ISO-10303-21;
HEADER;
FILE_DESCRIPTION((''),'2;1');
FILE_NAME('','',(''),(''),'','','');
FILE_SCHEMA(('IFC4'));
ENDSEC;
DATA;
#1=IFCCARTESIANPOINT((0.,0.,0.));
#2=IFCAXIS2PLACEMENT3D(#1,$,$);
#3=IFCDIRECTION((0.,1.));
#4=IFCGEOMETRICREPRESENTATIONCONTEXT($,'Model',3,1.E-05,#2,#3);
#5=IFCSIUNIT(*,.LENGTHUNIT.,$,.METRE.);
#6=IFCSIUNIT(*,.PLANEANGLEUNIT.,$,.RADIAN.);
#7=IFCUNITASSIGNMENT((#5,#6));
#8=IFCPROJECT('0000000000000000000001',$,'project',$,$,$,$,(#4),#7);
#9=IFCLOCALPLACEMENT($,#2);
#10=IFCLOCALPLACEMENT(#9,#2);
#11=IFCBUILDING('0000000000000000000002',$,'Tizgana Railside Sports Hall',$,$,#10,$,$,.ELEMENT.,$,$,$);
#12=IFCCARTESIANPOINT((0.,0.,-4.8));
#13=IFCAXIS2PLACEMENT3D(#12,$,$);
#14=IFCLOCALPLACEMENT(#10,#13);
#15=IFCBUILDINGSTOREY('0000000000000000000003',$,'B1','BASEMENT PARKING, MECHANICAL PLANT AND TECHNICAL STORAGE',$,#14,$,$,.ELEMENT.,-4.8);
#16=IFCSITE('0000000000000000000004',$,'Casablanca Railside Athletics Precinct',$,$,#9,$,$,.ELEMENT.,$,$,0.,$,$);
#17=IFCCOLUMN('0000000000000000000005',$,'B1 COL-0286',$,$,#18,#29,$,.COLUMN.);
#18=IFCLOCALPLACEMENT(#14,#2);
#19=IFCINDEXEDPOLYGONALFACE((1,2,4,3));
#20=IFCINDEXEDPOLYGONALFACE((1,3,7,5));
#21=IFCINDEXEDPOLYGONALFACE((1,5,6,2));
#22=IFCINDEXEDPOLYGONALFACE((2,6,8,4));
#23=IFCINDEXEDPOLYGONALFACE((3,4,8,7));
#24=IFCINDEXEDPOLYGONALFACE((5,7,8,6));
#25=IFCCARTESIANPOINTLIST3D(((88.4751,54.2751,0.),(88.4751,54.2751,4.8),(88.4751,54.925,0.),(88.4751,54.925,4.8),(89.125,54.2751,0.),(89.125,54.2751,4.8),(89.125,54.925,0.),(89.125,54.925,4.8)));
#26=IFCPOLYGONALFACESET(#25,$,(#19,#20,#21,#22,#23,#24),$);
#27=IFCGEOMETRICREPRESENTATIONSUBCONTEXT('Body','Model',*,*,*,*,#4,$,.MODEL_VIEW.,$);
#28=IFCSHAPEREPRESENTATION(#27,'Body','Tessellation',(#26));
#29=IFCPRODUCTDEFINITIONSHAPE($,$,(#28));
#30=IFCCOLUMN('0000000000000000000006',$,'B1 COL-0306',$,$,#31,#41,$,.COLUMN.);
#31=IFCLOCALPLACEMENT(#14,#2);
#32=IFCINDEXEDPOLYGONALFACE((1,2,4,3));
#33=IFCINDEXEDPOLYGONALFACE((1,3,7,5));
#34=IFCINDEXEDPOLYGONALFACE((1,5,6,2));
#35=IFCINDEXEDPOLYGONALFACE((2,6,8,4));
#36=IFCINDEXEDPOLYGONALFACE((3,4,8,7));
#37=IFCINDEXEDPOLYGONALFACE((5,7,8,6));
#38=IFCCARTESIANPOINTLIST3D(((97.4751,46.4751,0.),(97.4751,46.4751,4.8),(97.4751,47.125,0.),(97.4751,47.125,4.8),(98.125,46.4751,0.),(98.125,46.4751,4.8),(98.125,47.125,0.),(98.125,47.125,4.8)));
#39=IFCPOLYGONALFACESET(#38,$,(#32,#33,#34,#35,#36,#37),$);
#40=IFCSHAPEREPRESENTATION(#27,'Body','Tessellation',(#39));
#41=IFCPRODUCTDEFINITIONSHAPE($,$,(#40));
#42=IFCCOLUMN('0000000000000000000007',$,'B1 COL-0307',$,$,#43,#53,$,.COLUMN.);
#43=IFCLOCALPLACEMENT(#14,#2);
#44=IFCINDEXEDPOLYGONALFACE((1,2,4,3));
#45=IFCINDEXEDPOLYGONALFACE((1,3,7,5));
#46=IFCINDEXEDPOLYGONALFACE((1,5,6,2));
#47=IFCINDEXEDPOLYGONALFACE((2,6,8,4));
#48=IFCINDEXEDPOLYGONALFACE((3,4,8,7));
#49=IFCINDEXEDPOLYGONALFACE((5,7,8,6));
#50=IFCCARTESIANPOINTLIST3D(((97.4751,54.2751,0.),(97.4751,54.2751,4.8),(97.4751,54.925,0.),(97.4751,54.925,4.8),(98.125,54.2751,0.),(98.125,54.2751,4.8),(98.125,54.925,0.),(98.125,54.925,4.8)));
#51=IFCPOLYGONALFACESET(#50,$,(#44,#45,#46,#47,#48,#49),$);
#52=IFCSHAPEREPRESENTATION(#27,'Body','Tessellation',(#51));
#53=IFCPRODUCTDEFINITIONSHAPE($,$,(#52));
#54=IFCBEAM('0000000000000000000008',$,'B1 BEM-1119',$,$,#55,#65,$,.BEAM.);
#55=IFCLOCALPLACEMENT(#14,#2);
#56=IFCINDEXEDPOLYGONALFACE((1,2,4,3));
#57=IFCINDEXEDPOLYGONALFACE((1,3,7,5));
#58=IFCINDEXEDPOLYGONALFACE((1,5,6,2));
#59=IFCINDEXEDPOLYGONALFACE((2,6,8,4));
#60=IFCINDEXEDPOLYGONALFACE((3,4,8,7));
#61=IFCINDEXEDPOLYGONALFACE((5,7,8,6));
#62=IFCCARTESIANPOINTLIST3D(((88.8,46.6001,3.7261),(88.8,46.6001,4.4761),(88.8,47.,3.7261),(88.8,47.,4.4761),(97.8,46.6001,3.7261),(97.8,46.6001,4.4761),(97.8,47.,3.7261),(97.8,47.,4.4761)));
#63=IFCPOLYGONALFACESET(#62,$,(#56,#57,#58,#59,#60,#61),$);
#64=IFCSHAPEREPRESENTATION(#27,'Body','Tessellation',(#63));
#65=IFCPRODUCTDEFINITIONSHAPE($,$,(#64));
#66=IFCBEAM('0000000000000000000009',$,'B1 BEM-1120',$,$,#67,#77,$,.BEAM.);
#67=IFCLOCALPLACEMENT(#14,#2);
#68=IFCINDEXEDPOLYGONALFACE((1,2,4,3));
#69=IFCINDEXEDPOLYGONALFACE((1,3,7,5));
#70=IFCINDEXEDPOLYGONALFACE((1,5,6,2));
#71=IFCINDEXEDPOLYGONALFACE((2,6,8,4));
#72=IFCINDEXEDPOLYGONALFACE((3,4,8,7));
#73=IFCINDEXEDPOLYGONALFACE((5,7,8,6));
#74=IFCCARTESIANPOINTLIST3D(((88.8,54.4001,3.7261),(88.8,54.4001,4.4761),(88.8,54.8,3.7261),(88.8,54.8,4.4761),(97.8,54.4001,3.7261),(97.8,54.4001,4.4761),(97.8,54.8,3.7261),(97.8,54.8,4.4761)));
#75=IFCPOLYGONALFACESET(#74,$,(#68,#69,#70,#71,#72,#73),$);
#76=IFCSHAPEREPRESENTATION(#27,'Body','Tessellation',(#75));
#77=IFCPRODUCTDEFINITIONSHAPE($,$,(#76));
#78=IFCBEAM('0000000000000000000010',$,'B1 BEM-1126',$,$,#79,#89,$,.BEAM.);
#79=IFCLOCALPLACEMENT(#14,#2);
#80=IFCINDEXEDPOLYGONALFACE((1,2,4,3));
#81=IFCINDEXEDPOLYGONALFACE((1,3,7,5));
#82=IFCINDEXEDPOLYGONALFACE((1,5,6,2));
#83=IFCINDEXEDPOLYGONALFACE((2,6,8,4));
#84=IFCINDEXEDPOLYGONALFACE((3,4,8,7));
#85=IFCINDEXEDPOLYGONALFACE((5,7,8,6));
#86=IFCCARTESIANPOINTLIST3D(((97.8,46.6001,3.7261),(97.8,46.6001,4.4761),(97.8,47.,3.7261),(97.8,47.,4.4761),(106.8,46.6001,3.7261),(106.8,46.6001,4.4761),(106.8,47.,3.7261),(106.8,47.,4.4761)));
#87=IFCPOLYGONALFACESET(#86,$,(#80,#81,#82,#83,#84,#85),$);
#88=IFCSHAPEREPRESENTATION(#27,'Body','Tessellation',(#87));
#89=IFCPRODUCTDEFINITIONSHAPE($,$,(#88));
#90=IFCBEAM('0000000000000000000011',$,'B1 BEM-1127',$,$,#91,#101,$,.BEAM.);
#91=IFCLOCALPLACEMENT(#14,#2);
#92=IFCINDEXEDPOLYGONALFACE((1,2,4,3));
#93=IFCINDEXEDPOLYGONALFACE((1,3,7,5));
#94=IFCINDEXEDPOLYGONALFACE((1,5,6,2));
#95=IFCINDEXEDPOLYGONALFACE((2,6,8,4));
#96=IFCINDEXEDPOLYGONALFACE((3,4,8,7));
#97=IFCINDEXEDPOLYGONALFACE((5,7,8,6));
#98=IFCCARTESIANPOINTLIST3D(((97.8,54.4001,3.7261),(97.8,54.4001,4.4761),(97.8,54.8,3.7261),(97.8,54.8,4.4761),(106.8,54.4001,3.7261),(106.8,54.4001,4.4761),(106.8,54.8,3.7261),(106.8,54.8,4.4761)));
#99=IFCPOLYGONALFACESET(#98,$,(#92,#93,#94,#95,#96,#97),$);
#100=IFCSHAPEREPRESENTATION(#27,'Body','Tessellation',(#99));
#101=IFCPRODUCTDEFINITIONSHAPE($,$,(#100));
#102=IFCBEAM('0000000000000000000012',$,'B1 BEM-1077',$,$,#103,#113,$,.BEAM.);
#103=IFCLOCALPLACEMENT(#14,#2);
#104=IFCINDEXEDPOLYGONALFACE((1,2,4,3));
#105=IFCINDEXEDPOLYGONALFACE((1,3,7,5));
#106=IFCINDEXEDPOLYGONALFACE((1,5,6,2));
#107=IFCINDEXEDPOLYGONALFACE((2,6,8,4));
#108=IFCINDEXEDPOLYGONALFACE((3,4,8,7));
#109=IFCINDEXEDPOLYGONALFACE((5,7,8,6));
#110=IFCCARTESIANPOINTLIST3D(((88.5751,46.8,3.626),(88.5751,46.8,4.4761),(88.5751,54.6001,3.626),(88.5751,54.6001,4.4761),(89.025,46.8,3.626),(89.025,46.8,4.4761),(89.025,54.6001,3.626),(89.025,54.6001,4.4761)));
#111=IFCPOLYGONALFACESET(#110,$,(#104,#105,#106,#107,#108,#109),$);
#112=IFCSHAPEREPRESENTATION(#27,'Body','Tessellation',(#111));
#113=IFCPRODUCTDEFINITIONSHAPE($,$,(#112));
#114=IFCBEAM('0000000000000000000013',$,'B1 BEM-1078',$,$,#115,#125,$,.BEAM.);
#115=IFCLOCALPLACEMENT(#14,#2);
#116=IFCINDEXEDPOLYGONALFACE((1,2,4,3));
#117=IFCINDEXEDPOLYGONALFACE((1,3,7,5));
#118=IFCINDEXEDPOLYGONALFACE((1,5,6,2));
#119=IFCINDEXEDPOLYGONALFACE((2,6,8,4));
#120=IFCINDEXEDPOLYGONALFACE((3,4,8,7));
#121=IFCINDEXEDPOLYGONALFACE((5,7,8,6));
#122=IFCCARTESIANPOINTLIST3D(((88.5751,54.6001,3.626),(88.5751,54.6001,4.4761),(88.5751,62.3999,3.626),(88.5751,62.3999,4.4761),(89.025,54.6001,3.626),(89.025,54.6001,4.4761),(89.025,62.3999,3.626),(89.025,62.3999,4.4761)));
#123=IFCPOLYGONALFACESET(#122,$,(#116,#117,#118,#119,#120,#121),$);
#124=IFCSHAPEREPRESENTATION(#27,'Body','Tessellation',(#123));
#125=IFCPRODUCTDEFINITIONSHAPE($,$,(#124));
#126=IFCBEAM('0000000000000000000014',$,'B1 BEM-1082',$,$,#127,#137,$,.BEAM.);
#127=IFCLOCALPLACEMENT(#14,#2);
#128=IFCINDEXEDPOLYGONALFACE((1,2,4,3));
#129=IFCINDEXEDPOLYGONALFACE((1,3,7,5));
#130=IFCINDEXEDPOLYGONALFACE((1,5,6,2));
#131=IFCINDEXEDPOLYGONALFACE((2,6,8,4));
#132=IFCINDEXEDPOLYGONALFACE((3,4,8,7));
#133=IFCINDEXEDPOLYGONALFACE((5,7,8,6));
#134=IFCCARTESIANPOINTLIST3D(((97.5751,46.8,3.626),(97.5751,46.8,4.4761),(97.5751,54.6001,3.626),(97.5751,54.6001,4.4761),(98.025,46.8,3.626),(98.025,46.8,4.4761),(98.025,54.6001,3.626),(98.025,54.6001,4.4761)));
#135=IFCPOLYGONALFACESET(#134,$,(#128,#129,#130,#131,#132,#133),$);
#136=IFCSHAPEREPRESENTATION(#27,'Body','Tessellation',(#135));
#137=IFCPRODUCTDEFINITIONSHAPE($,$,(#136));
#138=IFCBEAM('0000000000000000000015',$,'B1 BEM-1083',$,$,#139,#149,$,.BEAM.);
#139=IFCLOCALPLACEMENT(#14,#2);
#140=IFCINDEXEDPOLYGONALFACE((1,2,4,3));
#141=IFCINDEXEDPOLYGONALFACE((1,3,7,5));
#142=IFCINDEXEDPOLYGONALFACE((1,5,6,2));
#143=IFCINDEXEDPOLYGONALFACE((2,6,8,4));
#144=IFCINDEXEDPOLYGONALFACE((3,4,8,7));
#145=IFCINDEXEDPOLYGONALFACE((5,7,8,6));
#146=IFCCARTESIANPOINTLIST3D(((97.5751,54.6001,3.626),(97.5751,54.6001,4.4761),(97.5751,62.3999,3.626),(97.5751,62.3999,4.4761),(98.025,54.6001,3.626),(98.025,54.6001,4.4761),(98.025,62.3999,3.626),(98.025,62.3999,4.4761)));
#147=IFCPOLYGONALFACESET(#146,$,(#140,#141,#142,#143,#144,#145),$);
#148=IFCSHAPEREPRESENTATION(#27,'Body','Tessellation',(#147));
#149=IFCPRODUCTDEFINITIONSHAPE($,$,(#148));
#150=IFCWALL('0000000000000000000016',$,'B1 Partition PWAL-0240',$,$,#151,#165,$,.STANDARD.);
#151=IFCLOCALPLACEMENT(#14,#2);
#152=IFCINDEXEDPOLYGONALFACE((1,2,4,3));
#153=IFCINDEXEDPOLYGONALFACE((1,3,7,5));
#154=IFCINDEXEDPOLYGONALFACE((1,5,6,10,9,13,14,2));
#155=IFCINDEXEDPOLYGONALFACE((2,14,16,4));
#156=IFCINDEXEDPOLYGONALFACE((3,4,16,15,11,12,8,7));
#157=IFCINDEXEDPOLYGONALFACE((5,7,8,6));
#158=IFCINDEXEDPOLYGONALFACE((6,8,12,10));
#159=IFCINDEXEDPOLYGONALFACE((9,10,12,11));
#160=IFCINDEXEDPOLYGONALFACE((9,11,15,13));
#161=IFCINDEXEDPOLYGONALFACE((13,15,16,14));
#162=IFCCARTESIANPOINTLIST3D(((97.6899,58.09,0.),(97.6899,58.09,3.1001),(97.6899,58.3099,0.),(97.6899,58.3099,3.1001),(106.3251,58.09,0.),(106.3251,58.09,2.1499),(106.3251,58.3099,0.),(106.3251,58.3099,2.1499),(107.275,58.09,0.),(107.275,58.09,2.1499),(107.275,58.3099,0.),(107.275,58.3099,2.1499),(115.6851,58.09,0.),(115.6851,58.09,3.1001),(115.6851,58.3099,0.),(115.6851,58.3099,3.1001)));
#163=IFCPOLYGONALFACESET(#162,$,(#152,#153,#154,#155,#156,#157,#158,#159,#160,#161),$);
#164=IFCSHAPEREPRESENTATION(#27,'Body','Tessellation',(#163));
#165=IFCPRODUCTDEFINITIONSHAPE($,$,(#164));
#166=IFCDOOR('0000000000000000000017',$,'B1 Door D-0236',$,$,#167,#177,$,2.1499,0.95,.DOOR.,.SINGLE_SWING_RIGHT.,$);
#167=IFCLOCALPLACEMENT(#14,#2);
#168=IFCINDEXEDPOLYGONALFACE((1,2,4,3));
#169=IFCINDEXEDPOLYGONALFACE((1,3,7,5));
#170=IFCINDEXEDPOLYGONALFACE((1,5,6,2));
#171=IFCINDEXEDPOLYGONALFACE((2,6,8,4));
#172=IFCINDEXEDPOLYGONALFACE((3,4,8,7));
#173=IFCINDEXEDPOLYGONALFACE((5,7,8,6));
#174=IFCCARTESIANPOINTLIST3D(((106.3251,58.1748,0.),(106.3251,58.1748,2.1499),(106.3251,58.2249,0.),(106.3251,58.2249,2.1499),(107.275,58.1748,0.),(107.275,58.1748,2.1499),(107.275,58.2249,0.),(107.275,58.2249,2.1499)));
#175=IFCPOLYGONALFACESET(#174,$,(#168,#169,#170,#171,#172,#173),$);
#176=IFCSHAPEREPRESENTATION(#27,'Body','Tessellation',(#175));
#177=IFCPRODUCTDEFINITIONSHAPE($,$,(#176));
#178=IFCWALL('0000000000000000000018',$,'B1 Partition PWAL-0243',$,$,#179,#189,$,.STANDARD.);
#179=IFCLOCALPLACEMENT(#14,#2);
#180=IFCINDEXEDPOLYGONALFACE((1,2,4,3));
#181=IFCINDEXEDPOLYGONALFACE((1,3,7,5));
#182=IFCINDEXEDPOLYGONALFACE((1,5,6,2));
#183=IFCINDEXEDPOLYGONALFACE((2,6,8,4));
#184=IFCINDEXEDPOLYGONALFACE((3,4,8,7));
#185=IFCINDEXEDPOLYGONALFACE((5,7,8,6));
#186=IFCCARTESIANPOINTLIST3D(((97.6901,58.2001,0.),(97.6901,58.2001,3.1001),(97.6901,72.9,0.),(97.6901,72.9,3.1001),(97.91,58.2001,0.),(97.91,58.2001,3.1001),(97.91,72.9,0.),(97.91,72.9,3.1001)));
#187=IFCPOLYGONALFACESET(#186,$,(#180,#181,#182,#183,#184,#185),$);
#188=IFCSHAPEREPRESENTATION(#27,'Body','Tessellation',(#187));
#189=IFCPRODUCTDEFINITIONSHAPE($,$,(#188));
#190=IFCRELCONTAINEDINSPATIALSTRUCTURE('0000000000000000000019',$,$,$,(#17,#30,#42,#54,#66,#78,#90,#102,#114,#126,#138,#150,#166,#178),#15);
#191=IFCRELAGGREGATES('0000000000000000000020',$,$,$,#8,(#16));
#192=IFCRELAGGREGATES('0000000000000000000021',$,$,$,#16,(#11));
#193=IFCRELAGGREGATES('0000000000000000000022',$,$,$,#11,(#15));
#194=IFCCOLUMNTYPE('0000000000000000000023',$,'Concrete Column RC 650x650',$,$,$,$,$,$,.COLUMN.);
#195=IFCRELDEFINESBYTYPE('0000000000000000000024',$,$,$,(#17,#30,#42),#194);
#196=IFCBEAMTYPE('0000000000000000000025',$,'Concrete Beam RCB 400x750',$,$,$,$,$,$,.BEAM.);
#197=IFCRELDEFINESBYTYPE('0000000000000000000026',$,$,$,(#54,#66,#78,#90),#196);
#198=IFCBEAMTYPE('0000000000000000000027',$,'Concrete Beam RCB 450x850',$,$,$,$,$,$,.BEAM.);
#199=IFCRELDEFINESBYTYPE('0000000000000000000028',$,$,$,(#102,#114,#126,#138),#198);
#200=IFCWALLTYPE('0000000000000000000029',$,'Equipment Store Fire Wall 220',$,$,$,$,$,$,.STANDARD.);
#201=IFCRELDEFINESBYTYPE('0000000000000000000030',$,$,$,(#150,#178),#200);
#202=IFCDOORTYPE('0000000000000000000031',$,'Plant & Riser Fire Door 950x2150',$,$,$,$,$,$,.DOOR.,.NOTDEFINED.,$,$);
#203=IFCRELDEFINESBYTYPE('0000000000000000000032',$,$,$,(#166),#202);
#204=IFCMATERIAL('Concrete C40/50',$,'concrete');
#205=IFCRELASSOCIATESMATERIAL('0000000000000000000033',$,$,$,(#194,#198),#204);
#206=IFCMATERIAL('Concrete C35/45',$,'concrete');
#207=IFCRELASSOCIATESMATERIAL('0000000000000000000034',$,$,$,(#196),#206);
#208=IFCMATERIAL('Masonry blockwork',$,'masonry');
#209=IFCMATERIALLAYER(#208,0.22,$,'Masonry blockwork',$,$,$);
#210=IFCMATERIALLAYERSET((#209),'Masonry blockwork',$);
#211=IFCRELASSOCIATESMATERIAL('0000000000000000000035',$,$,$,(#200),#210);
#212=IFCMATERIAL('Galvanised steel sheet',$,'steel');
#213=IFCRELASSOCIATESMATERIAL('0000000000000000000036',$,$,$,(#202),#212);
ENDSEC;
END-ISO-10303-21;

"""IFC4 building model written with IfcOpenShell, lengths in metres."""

from ifc_helpers import new_model, si_unit, direction, frame, frame_2d, origin, origin_2d, place, context, subcontext, project, spatial, rectangle, extrude, material, layer, layer_set, material_profile, profile_set, type_object, element, fill, save


model = new_model("IFC4")

# Units and contexts
model_context = context("Model", 3, precision=1e-05, world=origin(), true_north=direction((0.0, 1.0)))
body_context = subcontext(model_context, "Body", "Model", "MODEL_VIEW")
ifc_project = project(units=[si_unit("LENGTHUNIT", "METRE"), si_unit("PLANEANGLEUNIT", "RADIAN")], contexts=[model_context])

# Site, building, storey
site_placement = place(None, origin())
site = spatial("IfcSite", under=ifc_project, at=site_placement, Name="Casablanca Railside Athletics Precinct", CompositionType="ELEMENT", RefElevation=0.0)
building_placement = place(site_placement, origin())
building = spatial("IfcBuilding", under=site, at=building_placement, Name="Tizgana Railside Sports Hall", CompositionType="ELEMENT")
storey_placement = place(building_placement, frame((0.0, 0.0, -4.8)))
storey = spatial("IfcBuildingStorey", under=building, at=storey_placement, Name="B1", Description="BASEMENT PARKING, MECHANICAL PLANT AND TECHNICAL STORAGE", CompositionType="ELEMENT", Elevation=-4.8)

# Shared definitions
ifc_material_1 = material(Name="Concrete C35/45", Category="concrete")

# Columns
ifc_material_2 = material(Name="Concrete C40/50", Category="concrete")
ifc_material_profile_1 = material_profile(ifc_material_2, rectangle(XDim=0.6499, YDim=0.6499, at=origin_2d()), Name="RC 650x650")
ifc_profile_set_1 = profile_set([ifc_material_profile_1], Name="Concrete C40/50")
column_type = type_object("IfcColumnType", Name="Concrete Column RC 650x650", PredefinedType="COLUMN", material=ifc_profile_set_1)
for number, where, z_axis, x_axis, name in (
    (1, (88.8, 54.6001, 0.0), (0.0, 0.0, 1.0), (1.0, 0.0, 0.0), "B1 COL-0286"),
    (2, (97.8, 46.8, 0.0), (0.0, 0.0, 1.0), (1.0, 0.0, 0.0), "B1 COL-0306"),
    (3, (97.8, 54.6001, 0.0), (0.0, 0.0, 1.0), (1.0, 0.0, 0.0), "B1 COL-0307"),
):
    element("IfcColumn", number, at=place(storey_placement, frame(where, z_axis=z_axis, x_axis=x_axis)), inside=storey, type_object=column_type, Name=name, PredefinedType="COLUMN", context=body_context, shape_type="SweptSolid", body=[
        extrude(rectangle(XDim=0.6499, YDim=0.6499, at=origin_2d()), origin(), (0.0, 0.0, 1.0), 4.8),
    ])

# Beams
ifc_material_profile_2 = material_profile(ifc_material_1, rectangle(XDim=0.3999, YDim=0.75, at=origin_2d()), Name="RCB 400x750")
ifc_profile_set_2 = profile_set([ifc_material_profile_2], Name="Concrete C35/45")
beam_type_1 = type_object("IfcBeamType", Name="Concrete Beam RCB 400x750", PredefinedType="BEAM", material=ifc_profile_set_2)
for number, where, z_axis, x_axis, name in (
    (4, (88.8, 46.8, 4.1011), (1.0, 0.0, 0.0), (0.0, 1.0, 0.0), "B1 BEM-1119"),
    (5, (88.8, 54.6001, 4.1011), (1.0, 0.0, 0.0), (0.0, 1.0, 0.0), "B1 BEM-1120"),
    (6, (97.8, 46.8, 4.1011), (1.0, 0.0, 0.0), (0.0, 1.0, 0.0), "B1 BEM-1126"),
    (7, (97.8, 54.6001, 4.1011), (1.0, 0.0, 0.0), (0.0, 1.0, 0.0), "B1 BEM-1127"),
):
    element("IfcBeam", number, at=place(storey_placement, frame(where, z_axis=z_axis, x_axis=x_axis)), inside=storey, type_object=beam_type_1, Name=name, PredefinedType="BEAM", context=body_context, shape_type="SweptSolid", body=[
        extrude(rectangle(XDim=0.3999, YDim=0.75, at=origin_2d()), origin(), (0.0, 0.0, 1.0), 9.0),
    ])
ifc_material_profile_3 = material_profile(ifc_material_2, rectangle(XDim=0.45, YDim=0.8501, at=origin_2d()), Name="RCB 450x850")
ifc_profile_set_3 = profile_set([ifc_material_profile_3], Name="Concrete C40/50")
beam_type_2 = type_object("IfcBeamType", Name="Concrete Beam RCB 450x850", PredefinedType="BEAM", material=ifc_profile_set_3)
beam_1_placement = place(storey_placement, frame((88.8, 46.8, 4.051), z_axis=(0.0, 1.0, 0.0), x_axis=(-1.0, 0.0, 0.0)))
element("IfcBeam", 8, at=beam_1_placement, inside=storey, type_object=beam_type_2, Name="B1 BEM-1077", PredefinedType="BEAM", context=body_context, shape_type="SweptSolid", body=[
    extrude(rectangle(XDim=0.45, YDim=0.8501, at=origin_2d()), origin(), (0.0, 0.0, 1.0), 7.8),
])
beam_2_placement = place(storey_placement, frame((88.8, 54.6001, 4.051), z_axis=(0.0, 1.0, 0.0), x_axis=(-1.0, 0.0, 0.0)))
element("IfcBeam", 9, at=beam_2_placement, inside=storey, type_object=beam_type_2, Name="B1 BEM-1078", PredefinedType="BEAM", context=body_context, shape_type="SweptSolid", body=[
    extrude(rectangle(XDim=0.45, YDim=0.8501, at=origin_2d()), origin(), (0.0, 0.0, 1.0), 7.7998),
])
beam_3_placement = place(storey_placement, frame((97.8, 46.8, 4.051), z_axis=(0.0, 1.0, 0.0), x_axis=(-1.0, 0.0, 0.0)))
element("IfcBeam", 10, at=beam_3_placement, inside=storey, type_object=beam_type_2, Name="B1 BEM-1082", PredefinedType="BEAM", context=body_context, shape_type="SweptSolid", body=[
    extrude(rectangle(XDim=0.45, YDim=0.8501, at=origin_2d()), origin(), (0.0, 0.0, 1.0), 7.8),
])
beam_4_placement = place(storey_placement, frame((97.8, 54.6001, 4.051), z_axis=(0.0, 1.0, 0.0), x_axis=(-1.0, 0.0, 0.0)))
element("IfcBeam", 11, at=beam_4_placement, inside=storey, type_object=beam_type_2, Name="B1 BEM-1083", PredefinedType="BEAM", context=body_context, shape_type="SweptSolid", body=[
    extrude(rectangle(XDim=0.45, YDim=0.8501, at=origin_2d()), origin(), (0.0, 0.0, 1.0), 7.7998),
])

# Wall, opening, door
ifc_material_3 = material(Name="Masonry blockwork", Category="masonry")
ifc_layer = layer(ifc_material_3, 0.22, Name="Masonry blockwork")
ifc_layer_set = layer_set([ifc_layer], Name="Masonry blockwork")
wall_type = type_object("IfcWallType", Name="Equipment Store Fire Wall 220", PredefinedType="STANDARD", material=ifc_layer_set)
wall_1_placement = place(storey_placement, frame((97.6899, 58.2, 0.0), z_axis=(0.0, 0.0, 1.0), x_axis=(1.0, 0.0, 0.0)))
wall_1 = element("IfcWall", 12, at=wall_1_placement, inside=storey, type_object=wall_type, Name="B1 Partition PWAL-0240", PredefinedType="STANDARD", context=body_context, shape_type="SweptSolid", body=[
    extrude(rectangle(XDim=17.9951, YDim=0.22, at=frame_2d((8.9976, 0.0))), origin(), (0.0, 0.0, 1.0), 3.1001),
])
opening_placement = place(wall_1_placement, frame((8.635, 0.0, 0.0)))
opening = element("IfcOpeningElement", 13, at=opening_placement, cuts=wall_1, PredefinedType="OPENING", context=body_context, shape_type="SweptSolid", body=[
    extrude(rectangle(XDim=0.95, YDim=2.1499, at=frame_2d((0.4751, 1.075))), frame((0.0, 0.1199, 0.0), z_axis=(0.0, -1.0, 0.0), x_axis=(1.0, 0.0, 0.0)), (0.0, 0.0, 1.0), 0.24),
])
ifc_material_4 = material(Name="Galvanised steel sheet", Category="steel")
door_type = type_object("IfcDoorType", Name="Plant & Riser Fire Door 950x2150", OperationType="NOTDEFINED", PredefinedType="DOOR", material=ifc_material_4)
door_placement = place(opening_placement, origin())
door = element("IfcDoor", 14, at=door_placement, inside=storey, type_object=door_type, Name="B1 Door D-0236", OperationType="SINGLE_SWING_RIGHT", OverallHeight=2.1499, OverallWidth=0.95, PredefinedType="DOOR", context=body_context, shape_type="SweptSolid", body=[
    extrude(rectangle(XDim=0.95, YDim=2.1499, at=frame_2d((0.4751, 1.075))), frame((0.0, 0.0249, 0.0), z_axis=(0.0, -1.0, 0.0), x_axis=(1.0, 0.0, 0.0)), (0.0, 0.0, 1.0), 0.05),
])
fill(opening, door)

# Wall
wall_2_placement = place(storey_placement, frame((97.8, 58.2, 0.0), z_axis=(0.0, 0.0, 1.0), x_axis=(0.0, 1.0, 0.0)))
element("IfcWall", 15, at=wall_2_placement, inside=storey, type_object=wall_type, Name="B1 Partition PWAL-0243", PredefinedType="STANDARD", context=body_context, shape_type="SweptSolid", body=[
    extrude(rectangle(XDim=14.7, YDim=0.22, at=frame_2d((7.3501, 0.0))), origin(), (0.0, 0.0, 1.0), 3.1001),
])

save(model, "model.ifc")
